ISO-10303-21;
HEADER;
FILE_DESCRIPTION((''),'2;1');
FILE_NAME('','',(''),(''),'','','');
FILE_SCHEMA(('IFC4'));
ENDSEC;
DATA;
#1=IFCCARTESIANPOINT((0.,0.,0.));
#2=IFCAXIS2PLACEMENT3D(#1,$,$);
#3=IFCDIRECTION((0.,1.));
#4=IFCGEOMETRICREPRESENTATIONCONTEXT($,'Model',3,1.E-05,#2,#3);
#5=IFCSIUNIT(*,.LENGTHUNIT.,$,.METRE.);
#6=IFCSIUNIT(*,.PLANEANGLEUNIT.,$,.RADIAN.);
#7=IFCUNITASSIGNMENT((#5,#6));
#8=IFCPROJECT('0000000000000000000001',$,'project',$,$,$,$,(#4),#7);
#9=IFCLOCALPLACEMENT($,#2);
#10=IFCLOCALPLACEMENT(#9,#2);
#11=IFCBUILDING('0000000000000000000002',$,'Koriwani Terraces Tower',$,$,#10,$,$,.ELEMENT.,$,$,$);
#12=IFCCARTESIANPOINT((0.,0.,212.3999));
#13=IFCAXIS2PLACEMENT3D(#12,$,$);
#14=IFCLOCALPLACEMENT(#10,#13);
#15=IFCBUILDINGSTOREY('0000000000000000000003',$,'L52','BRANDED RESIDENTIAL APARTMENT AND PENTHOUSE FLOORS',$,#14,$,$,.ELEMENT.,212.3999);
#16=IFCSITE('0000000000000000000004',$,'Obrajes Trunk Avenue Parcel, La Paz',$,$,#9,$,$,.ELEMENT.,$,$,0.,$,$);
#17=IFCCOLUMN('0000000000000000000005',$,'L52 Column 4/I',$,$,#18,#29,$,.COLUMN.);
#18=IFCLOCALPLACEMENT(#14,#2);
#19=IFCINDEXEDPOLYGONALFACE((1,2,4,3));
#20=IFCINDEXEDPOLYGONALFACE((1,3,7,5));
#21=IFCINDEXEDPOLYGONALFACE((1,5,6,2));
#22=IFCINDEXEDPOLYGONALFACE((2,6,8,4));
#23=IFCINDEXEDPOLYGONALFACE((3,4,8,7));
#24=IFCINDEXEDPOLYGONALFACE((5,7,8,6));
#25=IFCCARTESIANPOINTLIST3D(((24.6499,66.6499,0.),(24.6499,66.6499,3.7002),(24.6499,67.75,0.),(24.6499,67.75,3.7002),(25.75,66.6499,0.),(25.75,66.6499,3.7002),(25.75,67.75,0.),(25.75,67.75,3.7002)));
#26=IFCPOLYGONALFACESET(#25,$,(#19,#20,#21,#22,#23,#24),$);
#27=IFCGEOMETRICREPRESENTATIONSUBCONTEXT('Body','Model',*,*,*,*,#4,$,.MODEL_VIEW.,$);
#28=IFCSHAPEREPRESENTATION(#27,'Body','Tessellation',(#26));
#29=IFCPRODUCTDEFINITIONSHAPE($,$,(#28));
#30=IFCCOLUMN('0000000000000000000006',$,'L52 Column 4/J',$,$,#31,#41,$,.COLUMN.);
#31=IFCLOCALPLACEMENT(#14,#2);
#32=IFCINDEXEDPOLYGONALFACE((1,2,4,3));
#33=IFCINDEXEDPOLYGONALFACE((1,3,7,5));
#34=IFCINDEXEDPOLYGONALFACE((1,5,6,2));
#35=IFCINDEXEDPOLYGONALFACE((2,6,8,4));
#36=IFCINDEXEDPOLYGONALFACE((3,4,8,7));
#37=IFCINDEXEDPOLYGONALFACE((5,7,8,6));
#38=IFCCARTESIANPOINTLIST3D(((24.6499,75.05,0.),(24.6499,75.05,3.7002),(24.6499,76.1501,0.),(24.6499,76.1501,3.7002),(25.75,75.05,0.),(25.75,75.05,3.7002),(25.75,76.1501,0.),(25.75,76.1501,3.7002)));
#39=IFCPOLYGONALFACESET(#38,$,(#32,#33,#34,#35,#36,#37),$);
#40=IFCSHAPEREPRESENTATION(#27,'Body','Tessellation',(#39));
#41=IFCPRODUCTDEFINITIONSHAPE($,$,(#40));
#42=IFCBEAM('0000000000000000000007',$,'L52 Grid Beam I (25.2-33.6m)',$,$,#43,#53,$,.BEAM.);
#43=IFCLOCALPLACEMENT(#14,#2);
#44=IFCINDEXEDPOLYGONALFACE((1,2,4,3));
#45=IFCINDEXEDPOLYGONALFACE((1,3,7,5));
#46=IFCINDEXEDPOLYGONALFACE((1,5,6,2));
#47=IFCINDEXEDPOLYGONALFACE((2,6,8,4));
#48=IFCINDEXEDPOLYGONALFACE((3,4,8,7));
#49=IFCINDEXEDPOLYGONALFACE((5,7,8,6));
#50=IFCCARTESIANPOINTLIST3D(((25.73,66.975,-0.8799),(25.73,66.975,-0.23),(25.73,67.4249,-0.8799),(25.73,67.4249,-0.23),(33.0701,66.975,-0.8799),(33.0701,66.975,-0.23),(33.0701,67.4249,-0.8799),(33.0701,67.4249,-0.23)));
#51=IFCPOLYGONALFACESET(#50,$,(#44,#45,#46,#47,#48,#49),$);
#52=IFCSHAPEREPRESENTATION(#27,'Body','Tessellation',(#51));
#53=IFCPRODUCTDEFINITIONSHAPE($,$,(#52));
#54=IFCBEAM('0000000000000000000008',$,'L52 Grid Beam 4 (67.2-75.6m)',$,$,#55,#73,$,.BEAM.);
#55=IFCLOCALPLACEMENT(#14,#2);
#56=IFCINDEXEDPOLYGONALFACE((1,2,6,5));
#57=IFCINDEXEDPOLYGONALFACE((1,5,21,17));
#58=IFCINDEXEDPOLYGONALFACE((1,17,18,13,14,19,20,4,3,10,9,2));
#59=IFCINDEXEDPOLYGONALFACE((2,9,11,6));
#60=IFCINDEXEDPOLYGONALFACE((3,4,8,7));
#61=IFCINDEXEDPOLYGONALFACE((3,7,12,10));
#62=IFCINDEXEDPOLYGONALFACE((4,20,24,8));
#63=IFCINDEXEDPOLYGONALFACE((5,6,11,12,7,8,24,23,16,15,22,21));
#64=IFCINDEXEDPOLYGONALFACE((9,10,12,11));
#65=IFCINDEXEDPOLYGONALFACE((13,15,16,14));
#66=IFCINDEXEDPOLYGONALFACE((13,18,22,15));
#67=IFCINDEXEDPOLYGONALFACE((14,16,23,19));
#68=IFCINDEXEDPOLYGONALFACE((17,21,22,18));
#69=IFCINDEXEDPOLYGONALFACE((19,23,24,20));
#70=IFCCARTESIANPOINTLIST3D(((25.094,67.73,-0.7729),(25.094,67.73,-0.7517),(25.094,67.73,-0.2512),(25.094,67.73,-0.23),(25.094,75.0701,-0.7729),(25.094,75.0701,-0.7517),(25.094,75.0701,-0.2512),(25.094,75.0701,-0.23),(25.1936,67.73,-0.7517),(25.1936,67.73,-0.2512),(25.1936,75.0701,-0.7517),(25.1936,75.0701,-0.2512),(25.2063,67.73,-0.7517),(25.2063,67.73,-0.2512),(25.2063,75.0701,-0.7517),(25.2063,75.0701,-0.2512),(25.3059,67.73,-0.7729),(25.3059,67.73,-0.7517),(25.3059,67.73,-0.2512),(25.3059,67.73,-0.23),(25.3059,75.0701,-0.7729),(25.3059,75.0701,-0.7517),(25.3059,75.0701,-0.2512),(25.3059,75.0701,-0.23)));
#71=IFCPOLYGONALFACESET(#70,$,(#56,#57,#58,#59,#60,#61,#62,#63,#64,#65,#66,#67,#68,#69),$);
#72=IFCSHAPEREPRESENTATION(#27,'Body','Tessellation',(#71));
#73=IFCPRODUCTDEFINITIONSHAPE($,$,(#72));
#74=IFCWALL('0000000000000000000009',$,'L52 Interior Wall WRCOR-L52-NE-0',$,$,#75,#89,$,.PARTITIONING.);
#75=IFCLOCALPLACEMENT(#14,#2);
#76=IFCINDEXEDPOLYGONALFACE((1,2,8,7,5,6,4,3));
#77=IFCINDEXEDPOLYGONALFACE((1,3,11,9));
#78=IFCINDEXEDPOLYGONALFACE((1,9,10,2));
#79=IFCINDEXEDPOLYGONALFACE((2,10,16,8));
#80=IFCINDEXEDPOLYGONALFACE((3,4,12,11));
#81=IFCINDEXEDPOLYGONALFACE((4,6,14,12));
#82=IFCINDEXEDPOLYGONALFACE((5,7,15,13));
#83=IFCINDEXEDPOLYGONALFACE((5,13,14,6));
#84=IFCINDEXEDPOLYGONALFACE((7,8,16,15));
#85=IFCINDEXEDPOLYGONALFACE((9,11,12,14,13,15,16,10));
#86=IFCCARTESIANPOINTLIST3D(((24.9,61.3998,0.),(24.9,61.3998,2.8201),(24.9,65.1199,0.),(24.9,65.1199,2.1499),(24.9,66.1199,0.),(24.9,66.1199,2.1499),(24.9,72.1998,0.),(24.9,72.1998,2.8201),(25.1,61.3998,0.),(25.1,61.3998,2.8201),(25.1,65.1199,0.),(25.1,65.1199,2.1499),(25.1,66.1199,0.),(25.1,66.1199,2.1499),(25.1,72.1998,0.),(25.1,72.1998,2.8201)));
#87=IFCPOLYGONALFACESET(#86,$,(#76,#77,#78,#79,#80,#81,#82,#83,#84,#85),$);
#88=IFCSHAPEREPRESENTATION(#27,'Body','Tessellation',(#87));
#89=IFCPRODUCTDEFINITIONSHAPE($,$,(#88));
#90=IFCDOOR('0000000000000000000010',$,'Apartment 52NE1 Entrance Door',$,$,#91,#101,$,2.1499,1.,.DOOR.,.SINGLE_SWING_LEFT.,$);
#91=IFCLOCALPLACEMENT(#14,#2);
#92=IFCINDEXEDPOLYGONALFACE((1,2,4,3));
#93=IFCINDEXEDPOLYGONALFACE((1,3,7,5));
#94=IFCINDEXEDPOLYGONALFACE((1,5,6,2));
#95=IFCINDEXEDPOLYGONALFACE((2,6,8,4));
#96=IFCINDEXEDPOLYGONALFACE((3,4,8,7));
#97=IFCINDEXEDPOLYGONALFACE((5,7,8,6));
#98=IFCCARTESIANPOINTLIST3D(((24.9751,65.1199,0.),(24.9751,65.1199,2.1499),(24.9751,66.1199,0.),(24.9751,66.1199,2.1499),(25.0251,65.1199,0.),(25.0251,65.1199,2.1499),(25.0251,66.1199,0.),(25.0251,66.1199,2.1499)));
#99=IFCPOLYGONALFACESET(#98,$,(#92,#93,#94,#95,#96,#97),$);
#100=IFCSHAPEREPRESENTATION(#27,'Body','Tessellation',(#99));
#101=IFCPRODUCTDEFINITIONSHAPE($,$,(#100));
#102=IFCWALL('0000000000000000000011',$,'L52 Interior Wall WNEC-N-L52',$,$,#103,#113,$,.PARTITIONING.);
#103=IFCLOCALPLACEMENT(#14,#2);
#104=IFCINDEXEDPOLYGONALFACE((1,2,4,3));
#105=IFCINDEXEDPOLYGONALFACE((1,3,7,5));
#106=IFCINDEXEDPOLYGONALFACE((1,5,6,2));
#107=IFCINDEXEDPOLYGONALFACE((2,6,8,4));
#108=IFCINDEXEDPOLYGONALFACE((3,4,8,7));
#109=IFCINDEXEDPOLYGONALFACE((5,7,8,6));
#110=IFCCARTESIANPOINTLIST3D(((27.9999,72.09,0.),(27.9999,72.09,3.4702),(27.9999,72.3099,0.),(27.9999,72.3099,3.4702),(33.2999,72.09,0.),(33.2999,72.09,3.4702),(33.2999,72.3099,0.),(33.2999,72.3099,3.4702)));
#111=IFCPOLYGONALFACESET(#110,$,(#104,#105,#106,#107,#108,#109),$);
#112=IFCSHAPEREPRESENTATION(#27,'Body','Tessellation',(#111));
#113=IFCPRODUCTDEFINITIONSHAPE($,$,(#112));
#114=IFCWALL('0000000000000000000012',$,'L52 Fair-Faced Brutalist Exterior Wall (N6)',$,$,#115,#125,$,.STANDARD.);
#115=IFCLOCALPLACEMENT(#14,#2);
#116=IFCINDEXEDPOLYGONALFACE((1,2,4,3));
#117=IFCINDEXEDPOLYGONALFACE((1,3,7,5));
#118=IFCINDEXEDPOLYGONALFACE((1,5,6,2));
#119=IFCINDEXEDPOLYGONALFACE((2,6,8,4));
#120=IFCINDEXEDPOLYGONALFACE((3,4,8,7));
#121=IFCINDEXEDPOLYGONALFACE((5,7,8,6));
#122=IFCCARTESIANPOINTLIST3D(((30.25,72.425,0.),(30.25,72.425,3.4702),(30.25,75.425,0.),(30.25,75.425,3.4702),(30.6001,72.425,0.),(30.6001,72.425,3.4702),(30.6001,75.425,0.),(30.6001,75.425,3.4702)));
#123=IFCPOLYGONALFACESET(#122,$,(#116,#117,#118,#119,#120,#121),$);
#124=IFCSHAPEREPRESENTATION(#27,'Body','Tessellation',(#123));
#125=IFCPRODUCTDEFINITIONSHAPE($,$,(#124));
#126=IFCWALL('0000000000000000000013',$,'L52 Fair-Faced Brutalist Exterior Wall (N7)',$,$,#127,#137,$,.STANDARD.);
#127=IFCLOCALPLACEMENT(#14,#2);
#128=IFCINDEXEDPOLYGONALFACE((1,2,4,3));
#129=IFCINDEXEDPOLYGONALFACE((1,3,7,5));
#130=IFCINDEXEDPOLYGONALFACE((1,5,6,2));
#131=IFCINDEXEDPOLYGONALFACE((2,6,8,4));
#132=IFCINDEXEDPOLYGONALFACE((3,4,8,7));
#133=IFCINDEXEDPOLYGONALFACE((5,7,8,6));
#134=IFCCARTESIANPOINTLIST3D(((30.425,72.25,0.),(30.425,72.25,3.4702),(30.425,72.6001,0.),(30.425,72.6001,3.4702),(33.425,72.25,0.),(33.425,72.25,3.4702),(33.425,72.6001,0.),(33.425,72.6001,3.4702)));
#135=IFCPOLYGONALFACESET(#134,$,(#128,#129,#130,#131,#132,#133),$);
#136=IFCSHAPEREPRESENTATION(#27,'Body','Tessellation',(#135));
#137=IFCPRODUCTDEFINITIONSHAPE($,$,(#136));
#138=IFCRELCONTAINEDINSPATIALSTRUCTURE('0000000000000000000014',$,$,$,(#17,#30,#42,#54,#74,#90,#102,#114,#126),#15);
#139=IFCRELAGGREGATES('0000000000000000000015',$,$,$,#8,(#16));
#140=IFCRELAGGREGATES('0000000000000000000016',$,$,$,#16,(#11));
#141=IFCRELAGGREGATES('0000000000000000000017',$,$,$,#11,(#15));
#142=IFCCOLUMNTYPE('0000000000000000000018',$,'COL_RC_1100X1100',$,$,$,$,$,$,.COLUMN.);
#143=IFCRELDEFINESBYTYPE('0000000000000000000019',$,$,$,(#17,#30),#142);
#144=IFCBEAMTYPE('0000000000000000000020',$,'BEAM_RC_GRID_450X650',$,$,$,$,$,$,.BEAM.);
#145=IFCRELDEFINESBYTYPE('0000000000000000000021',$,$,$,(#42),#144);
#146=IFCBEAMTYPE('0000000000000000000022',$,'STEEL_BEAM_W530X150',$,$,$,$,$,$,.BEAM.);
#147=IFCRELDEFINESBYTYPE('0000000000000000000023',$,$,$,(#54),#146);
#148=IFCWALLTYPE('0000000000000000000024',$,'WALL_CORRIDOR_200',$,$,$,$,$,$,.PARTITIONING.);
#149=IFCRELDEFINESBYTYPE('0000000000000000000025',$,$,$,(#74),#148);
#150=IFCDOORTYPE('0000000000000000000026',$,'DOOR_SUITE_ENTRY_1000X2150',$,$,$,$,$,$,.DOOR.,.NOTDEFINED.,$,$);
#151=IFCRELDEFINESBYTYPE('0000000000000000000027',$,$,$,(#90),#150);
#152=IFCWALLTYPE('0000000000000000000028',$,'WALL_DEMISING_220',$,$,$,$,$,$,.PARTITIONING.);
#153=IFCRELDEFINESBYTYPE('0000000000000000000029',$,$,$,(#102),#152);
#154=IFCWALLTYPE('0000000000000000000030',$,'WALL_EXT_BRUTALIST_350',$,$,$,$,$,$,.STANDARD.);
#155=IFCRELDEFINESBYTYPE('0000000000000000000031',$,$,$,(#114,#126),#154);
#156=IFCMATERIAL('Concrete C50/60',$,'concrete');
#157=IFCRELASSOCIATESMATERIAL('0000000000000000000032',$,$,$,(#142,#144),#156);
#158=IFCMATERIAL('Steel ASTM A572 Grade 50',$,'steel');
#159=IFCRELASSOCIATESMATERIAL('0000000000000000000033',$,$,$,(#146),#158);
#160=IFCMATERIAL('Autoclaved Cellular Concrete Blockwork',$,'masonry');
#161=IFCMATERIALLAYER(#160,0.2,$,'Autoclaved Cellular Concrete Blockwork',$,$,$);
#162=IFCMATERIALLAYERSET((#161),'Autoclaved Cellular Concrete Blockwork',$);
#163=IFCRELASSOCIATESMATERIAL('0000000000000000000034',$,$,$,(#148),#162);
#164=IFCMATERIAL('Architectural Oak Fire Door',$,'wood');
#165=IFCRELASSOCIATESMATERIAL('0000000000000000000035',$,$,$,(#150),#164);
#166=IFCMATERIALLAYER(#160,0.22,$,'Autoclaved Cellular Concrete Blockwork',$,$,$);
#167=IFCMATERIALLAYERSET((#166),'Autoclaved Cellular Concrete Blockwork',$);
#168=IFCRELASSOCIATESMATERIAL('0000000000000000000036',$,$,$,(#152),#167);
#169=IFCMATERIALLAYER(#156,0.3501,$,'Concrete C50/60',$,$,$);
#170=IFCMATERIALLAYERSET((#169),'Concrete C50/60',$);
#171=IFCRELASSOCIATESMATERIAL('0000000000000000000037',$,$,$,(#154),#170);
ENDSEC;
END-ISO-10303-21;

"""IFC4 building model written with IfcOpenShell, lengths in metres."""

from ifc_helpers import new_model, si_unit, direction, frame, frame_2d, origin, origin_2d, place, context, subcontext, project, spatial, rectangle, i_section, extrude, material, layer, layer_set, material_profile, profile_set, type_object, element, fill, save


model = new_model("IFC4")

# Units and contexts
model_context = context("Model", 3, precision=1e-05, world=origin(), true_north=direction((0.0, 1.0)))
body_context = subcontext(model_context, "Body", "Model", "MODEL_VIEW")
ifc_project = project(units=[si_unit("LENGTHUNIT", "METRE"), si_unit("PLANEANGLEUNIT", "RADIAN")], contexts=[model_context])

# Site, building, storey
site_placement = place(None, origin())
site = spatial("IfcSite", under=ifc_project, at=site_placement, Name="Obrajes Trunk Avenue Parcel, La Paz", CompositionType="ELEMENT", RefElevation=0.0)
building_placement = place(site_placement, origin())
building = spatial("IfcBuilding", under=site, at=building_placement, Name="Koriwani Terraces Tower", CompositionType="ELEMENT")
storey_placement = place(building_placement, frame((0.0, 0.0, 212.3999)))
storey = spatial("IfcBuildingStorey", under=building, at=storey_placement, Name="L52", Description="BRANDED RESIDENTIAL APARTMENT AND PENTHOUSE FLOORS", CompositionType="ELEMENT", Elevation=212.3999)

# Columns
ifc_material_1 = material(Name="Concrete C50/60", Category="concrete")
ifc_material_profile_1 = material_profile(ifc_material_1, rectangle(XDim=1.1001, YDim=1.1001, at=origin_2d()), Name="Concrete C50/60", Category="LoadBearing")
ifc_profile_set_1 = profile_set([ifc_material_profile_1], Name="Concrete C50/60")
column_type = type_object("IfcColumnType", Name="COL_RC_1100X1100", PredefinedType="COLUMN", material=ifc_profile_set_1)
for number, where, z_axis, x_axis, name in (
    (1, (25.2, 67.2, 0.0), (0.0, 0.0, 1.0), (1.0, 0.0, 0.0), "L52 Column 4/I"),
    (2, (25.2, 75.6001, 0.0), (0.0, 0.0, 1.0), (1.0, 0.0, 0.0), "L52 Column 4/J"),
):
    element("IfcColumn", number, at=place(storey_placement, frame(where, z_axis=z_axis, x_axis=x_axis)), inside=storey, type_object=column_type, Name=name, PredefinedType="COLUMN", context=body_context, shape_type="SweptSolid", body=[
        extrude(rectangle(XDim=1.1001, YDim=1.1001, at=origin_2d()), origin(), (0.0, 0.0, 1.0), 3.7002),
    ])

# Beams
ifc_material_profile_2 = material_profile(ifc_material_1, rectangle(XDim=0.45, YDim=0.6499, at=origin_2d()), Name="Concrete C50/60", Category="LoadBearing")
ifc_profile_set_2 = profile_set([ifc_material_profile_2], Name="Concrete C50/60")
beam_type_1 = type_object("IfcBeamType", Name="BEAM_RC_GRID_450X650", PredefinedType="BEAM", material=ifc_profile_set_2)
beam_1_placement = place(storey_placement, frame((25.73, 67.2, -0.5549), z_axis=(1.0, 0.0, 0.0), x_axis=(0.0, 1.0, 0.0)))
element("IfcBeam", 3, at=beam_1_placement, inside=storey, type_object=beam_type_1, Name="L52 Grid Beam I (25.2-33.6m)", PredefinedType="BEAM", context=body_context, shape_type="SweptSolid", body=[
    extrude(rectangle(XDim=0.45, YDim=0.6499, at=origin_2d()), origin(), (0.0, 0.0, 1.0), 7.3401),
])
ifc_material_2 = material(Name="Steel ASTM A572 Grade 50", Category="steel")
ifc_material_profile_3 = material_profile(ifc_material_2, i_section(OverallWidth=0.2119, OverallDepth=0.543, WebThickness=0.0127, FlangeThickness=0.0212, at=origin_2d()), Name="Steel ASTM A572 Grade 50", Category="LoadBearing")
ifc_profile_set_3 = profile_set([ifc_material_profile_3], Name="Steel ASTM A572 Grade 50")
beam_type_2 = type_object("IfcBeamType", Name="STEEL_BEAM_W530X150", PredefinedType="BEAM", material=ifc_profile_set_3)
beam_2_placement = place(storey_placement, frame((25.2, 67.73, -0.5015), z_axis=(0.0, 1.0, 0.0), x_axis=(-1.0, 0.0, 0.0)))
element("IfcBeam", 4, at=beam_2_placement, inside=storey, type_object=beam_type_2, Name="L52 Grid Beam 4 (67.2-75.6m)", PredefinedType="BEAM", context=body_context, shape_type="SweptSolid", body=[
    extrude(i_section(OverallWidth=0.2119, OverallDepth=0.543, WebThickness=0.0127, FlangeThickness=0.0212, at=origin_2d()), origin(), (0.0, 0.0, 1.0), 7.3401),
])

# Wall, opening, door
ifc_material_3 = material(Name="Autoclaved Cellular Concrete Blockwork", Category="masonry")
ifc_layer_1 = layer(ifc_material_3, 0.2, Name="Autoclaved Cellular Concrete Blockwork")
ifc_layer_set_1 = layer_set([ifc_layer_1], Name="Autoclaved Cellular Concrete Blockwork")
wall_type_1 = type_object("IfcWallType", Name="WALL_CORRIDOR_200", PredefinedType="PARTITIONING", material=ifc_layer_set_1)
wall_1_placement = place(storey_placement, frame((25.0, 61.3999, 0.0), z_axis=(0.0, 0.0, 1.0), x_axis=(0.0, 1.0, 0.0)))
wall_1 = element("IfcWall", 5, at=wall_1_placement, inside=storey, type_object=wall_type_1, Name="L52 Interior Wall WRCOR-L52-NE-0", PredefinedType="PARTITIONING", context=body_context, shape_type="SweptSolid", body=[
    extrude(rectangle(XDim=10.8, YDim=0.2, at=frame_2d((5.3999, 0.0))), origin(), (0.0, 0.0, 1.0), 2.8201),
])
opening_1_placement = place(wall_1_placement, frame((3.72, 0.0, 0.0)))
opening_1 = element("IfcOpeningElement", 6, at=opening_1_placement, cuts=wall_1, PredefinedType="OPENING", context=body_context, shape_type="SweptSolid", body=[
    extrude(rectangle(XDim=1.0, YDim=2.1499, at=frame_2d((0.5, 1.075))), frame((0.0, 0.1099, 0.0), z_axis=(0.0, -1.0, 0.0), x_axis=(1.0, 0.0, 0.0)), (0.0, 0.0, 1.0), 0.22),
])
ifc_material_4 = material(Name="Architectural Oak Fire Door", Category="wood")
door_type_1 = type_object("IfcDoorType", Name="DOOR_SUITE_ENTRY_1000X2150", OperationType="NOTDEFINED", PredefinedType="DOOR", material=ifc_material_4)
door_1_placement = place(opening_1_placement, origin())
door_1 = element("IfcDoor", 7, at=door_1_placement, inside=storey, type_object=door_type_1, Name="Apartment 52NE1 Entrance Door", OperationType="SINGLE_SWING_LEFT", OverallHeight=2.1499, OverallWidth=1.0, PredefinedType="DOOR", context=body_context, shape_type="SweptSolid", body=[
    extrude(rectangle(XDim=1.0, YDim=2.1499, at=frame_2d((0.5, 1.075))), frame((0.0, 0.0249, 0.0), z_axis=(0.0, -1.0, 0.0), x_axis=(1.0, 0.0, 0.0)), (0.0, 0.0, 1.0), 0.05),
])
fill(opening_1, door_1)

# Walls
ifc_layer_2 = layer(ifc_material_3, 0.22, Name="Autoclaved Cellular Concrete Blockwork")
ifc_layer_set_2 = layer_set([ifc_layer_2], Name="Autoclaved Cellular Concrete Blockwork")
wall_type_2 = type_object("IfcWallType", Name="WALL_DEMISING_220", PredefinedType="PARTITIONING", material=ifc_layer_set_2)
wall_2_placement = place(storey_placement, frame((28.0, 72.2, 0.0), z_axis=(0.0, 0.0, 1.0), x_axis=(1.0, 0.0, 0.0)))
element("IfcWall", 8, at=wall_2_placement, inside=storey, type_object=wall_type_2, Name="L52 Interior Wall WNEC-N-L52", PredefinedType="PARTITIONING", context=body_context, shape_type="SweptSolid", body=[
    extrude(rectangle(XDim=5.3, YDim=0.22, at=frame_2d((2.6499, 0.0))), origin(), (0.0, 0.0, 1.0), 3.4702),
])
ifc_layer_3 = layer(ifc_material_1, 0.3501, Name="Concrete C50/60")
ifc_layer_set_3 = layer_set([ifc_layer_3], Name="Concrete C50/60")
wall_type_3 = type_object("IfcWallType", Name="WALL_EXT_BRUTALIST_350", PredefinedType="STANDARD", material=ifc_layer_set_3)
for number, where, z_axis, x_axis, name in (
    (9, (30.425, 75.425, 0.0), (0.0, 0.0, 1.0), (0.0, -1.0, 0.0), "L52 Fair-Faced Brutalist Exterior Wall (N6)"),
    (10, (30.425, 72.425, 0.0), (0.0, 0.0, 1.0), (1.0, 0.0, 0.0), "L52 Fair-Faced Brutalist Exterior Wall (N7)"),
):
    element("IfcWall", number, at=place(storey_placement, frame(where, z_axis=z_axis, x_axis=x_axis)), inside=storey, type_object=wall_type_3, Name=name, PredefinedType="STANDARD", context=body_context, shape_type="SweptSolid", body=[
        extrude(rectangle(XDim=3.0, YDim=0.3501, at=frame_2d((1.5, 0.0))), origin(), (0.0, 0.0, 1.0), 3.4702),
    ])

save(model, "model.ifc")
